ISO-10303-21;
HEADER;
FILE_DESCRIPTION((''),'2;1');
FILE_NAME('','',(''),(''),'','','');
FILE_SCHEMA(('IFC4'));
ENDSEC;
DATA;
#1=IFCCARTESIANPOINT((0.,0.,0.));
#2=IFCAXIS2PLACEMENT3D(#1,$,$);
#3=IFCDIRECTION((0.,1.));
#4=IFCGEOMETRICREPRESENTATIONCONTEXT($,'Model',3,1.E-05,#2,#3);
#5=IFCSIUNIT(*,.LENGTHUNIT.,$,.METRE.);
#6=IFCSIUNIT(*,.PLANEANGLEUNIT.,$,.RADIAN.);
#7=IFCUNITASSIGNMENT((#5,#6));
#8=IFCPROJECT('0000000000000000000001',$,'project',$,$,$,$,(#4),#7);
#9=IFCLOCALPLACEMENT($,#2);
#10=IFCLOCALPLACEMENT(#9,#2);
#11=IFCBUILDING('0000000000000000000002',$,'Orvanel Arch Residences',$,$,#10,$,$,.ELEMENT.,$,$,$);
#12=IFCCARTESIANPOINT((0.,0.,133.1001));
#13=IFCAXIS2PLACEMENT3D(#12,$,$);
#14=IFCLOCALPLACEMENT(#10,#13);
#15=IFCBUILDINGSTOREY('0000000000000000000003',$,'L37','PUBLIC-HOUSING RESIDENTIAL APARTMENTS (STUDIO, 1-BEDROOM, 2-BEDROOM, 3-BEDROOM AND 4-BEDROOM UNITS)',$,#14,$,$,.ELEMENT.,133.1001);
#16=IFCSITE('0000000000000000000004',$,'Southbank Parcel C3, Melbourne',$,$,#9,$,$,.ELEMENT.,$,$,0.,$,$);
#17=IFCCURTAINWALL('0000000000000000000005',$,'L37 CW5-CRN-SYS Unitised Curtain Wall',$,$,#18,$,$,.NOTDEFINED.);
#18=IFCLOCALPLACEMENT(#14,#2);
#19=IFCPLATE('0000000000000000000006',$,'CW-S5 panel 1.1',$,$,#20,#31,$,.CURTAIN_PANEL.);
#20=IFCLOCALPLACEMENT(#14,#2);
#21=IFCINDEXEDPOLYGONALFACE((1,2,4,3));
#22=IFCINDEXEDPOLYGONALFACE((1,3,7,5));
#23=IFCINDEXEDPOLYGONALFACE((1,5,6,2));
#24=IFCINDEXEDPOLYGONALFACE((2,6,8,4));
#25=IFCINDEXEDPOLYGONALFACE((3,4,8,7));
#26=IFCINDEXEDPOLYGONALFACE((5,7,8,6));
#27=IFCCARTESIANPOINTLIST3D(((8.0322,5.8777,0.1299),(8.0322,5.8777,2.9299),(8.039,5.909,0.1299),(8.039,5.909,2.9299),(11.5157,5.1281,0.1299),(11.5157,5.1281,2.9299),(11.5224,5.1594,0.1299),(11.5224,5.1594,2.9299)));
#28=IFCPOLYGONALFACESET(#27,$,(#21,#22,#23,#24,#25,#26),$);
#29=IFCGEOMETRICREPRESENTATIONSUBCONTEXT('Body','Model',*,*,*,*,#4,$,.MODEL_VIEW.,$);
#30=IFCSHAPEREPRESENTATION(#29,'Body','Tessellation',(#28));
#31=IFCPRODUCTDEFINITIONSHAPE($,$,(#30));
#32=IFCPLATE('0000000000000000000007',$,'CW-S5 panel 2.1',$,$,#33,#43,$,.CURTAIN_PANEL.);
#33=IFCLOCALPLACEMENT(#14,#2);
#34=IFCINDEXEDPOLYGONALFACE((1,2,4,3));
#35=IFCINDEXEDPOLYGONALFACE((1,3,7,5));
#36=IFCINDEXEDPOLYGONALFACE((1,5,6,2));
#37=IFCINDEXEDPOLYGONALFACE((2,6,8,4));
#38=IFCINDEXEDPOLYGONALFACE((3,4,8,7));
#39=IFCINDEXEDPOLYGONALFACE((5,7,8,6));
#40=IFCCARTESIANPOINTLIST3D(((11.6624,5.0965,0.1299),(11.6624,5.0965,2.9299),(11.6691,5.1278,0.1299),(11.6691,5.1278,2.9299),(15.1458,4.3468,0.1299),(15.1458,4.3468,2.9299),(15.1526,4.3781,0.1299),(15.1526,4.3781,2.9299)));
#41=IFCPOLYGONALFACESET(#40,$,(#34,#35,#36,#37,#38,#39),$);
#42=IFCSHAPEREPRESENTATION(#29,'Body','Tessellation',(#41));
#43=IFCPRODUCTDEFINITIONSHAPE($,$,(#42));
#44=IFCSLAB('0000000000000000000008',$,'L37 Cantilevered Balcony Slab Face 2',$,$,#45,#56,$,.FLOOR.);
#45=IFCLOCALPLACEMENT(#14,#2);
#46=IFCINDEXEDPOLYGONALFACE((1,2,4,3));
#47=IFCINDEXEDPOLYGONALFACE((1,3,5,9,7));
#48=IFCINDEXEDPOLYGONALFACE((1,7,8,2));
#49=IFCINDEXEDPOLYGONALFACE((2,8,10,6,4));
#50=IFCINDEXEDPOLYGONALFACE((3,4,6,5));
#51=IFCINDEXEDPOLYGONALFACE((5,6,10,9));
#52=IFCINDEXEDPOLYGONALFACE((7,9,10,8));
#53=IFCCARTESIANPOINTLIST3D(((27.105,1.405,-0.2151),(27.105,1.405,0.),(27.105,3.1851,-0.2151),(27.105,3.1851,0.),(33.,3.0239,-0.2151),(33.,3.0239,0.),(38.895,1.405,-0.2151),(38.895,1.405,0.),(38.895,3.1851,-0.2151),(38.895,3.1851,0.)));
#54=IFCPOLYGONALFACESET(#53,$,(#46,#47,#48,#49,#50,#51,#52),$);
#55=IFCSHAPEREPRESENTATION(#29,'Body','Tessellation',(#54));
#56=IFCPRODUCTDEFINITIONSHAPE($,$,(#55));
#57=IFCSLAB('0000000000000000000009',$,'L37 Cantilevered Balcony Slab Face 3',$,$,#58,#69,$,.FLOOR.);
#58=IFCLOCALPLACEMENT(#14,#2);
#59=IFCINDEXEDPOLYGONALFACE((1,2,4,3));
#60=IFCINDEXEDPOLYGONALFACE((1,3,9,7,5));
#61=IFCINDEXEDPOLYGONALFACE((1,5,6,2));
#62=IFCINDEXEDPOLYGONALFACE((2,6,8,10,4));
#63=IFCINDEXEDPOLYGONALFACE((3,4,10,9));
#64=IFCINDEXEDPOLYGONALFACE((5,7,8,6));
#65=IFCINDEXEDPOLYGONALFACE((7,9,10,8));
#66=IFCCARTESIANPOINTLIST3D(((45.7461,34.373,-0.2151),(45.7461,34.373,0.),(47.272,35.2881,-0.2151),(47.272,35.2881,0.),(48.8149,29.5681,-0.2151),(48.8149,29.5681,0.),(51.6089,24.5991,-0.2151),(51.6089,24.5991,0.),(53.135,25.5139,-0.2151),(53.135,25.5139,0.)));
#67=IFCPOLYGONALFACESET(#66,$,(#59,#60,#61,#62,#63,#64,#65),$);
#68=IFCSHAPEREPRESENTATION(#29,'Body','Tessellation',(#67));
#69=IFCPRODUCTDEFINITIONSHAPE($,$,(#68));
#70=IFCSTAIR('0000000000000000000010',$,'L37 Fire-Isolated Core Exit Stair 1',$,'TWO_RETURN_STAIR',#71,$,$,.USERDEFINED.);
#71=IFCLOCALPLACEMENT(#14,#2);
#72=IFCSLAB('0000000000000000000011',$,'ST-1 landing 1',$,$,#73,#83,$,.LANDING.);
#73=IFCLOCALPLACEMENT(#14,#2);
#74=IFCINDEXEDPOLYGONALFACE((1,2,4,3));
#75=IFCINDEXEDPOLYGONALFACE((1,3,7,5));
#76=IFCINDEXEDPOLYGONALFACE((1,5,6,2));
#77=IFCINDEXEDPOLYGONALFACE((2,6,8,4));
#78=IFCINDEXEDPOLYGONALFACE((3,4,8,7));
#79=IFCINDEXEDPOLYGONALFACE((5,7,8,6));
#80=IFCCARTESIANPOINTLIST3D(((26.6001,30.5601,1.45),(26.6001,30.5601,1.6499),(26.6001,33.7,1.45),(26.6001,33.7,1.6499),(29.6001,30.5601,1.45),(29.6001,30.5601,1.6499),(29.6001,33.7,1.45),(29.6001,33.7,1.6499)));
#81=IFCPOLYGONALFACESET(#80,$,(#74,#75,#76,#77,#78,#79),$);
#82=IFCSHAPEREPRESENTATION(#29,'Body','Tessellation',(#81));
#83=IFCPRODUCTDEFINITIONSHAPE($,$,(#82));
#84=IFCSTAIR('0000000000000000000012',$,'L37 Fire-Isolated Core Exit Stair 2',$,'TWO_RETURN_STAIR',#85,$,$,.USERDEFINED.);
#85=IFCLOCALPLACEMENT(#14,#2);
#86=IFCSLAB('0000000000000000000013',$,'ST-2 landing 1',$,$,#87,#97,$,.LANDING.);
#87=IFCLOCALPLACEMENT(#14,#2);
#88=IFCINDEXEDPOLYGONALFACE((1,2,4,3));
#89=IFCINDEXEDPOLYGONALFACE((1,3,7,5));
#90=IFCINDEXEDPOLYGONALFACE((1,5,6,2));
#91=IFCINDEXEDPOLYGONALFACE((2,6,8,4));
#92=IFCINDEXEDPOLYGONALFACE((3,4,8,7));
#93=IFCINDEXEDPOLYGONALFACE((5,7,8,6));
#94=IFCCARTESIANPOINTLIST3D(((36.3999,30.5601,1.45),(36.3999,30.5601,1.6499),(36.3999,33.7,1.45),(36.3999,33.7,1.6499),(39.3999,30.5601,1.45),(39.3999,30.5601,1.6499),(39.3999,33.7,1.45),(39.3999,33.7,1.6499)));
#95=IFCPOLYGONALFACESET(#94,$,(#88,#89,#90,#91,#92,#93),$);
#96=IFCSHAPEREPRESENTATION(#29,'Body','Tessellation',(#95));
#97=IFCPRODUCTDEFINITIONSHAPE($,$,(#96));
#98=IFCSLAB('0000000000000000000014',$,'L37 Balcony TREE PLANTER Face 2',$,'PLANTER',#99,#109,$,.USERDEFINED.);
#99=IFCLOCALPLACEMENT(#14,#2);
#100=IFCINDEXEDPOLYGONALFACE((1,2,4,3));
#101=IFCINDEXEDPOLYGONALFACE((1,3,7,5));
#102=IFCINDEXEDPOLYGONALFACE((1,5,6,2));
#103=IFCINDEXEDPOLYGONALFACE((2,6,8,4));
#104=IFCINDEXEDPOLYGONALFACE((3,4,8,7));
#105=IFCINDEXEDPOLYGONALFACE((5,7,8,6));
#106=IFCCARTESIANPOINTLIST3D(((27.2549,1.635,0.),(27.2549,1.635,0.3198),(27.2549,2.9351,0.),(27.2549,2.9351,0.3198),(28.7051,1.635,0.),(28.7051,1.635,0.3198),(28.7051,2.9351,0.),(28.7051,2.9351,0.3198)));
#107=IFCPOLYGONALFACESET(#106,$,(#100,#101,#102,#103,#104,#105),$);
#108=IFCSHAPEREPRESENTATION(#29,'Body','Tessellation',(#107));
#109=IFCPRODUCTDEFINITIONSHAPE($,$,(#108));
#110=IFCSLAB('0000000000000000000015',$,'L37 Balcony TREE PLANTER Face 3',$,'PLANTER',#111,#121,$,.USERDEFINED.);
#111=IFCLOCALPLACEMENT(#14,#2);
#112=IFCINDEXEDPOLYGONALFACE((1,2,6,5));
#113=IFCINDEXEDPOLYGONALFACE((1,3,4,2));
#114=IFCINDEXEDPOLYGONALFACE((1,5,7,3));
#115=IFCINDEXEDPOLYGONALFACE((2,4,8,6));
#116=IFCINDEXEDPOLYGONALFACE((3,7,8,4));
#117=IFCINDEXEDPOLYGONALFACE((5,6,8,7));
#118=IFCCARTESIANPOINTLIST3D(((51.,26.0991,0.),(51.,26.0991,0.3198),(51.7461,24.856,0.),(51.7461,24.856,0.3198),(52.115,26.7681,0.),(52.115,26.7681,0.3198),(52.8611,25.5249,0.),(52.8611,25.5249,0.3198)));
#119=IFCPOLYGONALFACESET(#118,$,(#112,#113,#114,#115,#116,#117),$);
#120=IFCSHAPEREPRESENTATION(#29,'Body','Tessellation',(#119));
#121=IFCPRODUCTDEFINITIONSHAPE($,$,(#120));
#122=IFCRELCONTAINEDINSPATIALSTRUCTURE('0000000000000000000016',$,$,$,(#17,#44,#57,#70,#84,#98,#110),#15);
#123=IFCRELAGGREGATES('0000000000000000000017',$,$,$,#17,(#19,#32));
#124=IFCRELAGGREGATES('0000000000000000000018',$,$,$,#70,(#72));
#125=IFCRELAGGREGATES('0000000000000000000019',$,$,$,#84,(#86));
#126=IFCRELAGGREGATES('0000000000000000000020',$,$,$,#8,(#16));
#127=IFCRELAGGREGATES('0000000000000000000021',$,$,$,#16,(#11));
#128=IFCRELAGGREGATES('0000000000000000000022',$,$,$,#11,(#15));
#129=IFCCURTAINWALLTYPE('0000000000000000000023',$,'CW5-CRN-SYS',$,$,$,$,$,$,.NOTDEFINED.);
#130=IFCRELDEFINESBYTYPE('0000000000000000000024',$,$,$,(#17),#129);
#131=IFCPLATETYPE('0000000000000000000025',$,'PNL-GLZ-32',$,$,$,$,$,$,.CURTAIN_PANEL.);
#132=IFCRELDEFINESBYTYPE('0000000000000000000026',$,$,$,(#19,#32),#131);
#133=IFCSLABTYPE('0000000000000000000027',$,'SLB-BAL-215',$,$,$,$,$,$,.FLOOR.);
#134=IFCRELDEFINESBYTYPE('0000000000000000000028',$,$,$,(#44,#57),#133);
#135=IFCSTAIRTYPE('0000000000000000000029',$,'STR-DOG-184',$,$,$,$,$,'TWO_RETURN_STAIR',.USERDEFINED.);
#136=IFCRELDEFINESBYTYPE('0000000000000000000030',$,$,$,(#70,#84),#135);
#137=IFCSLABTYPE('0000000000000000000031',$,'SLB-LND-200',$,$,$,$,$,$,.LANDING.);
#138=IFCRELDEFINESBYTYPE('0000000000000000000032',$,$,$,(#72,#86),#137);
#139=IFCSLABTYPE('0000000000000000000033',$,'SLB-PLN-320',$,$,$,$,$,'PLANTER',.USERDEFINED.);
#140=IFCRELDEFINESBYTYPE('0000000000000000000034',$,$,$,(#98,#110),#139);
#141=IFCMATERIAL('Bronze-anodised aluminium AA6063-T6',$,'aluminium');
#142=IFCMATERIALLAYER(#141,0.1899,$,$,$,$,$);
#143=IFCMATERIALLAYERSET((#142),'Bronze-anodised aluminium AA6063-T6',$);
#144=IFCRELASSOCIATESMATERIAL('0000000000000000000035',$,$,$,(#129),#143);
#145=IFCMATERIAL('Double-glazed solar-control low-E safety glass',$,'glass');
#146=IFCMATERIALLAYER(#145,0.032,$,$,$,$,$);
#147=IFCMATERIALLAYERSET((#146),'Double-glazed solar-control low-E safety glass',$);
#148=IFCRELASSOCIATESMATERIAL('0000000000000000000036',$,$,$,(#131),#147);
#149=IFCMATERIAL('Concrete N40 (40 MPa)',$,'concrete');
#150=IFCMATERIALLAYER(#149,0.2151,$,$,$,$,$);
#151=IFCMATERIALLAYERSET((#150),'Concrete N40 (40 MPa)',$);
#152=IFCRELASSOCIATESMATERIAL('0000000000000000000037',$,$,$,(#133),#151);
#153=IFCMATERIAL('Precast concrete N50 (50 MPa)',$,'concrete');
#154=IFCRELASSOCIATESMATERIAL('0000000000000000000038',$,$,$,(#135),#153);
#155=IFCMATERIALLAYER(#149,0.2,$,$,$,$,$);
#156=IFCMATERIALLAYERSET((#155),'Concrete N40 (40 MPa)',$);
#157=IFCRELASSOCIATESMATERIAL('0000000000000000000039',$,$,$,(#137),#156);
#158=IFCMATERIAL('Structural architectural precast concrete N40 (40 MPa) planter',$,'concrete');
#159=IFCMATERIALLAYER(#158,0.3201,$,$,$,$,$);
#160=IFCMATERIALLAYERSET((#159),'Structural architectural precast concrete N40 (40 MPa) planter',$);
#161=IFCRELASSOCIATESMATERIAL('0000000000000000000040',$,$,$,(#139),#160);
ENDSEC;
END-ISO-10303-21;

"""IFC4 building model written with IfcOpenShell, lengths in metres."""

from ifc_helpers import new_model, si_unit, direction, frame, origin, origin_2d, place, context, subcontext, project, spatial, polyline, rectangle, outline, extrude, material, layer, layer_set, type_object, element, aggregate, save


model = new_model("IFC4")

# Units and contexts
model_context = context("Model", 3, precision=1e-05, world=origin(), true_north=direction((0.0, 1.0)))
body_context = subcontext(model_context, "Body", "Model", "MODEL_VIEW")
ifc_project = project(units=[si_unit("LENGTHUNIT", "METRE"), si_unit("PLANEANGLEUNIT", "RADIAN")], contexts=[model_context])

# Site, building, storey
site_placement = place(None, origin())
site = spatial("IfcSite", under=ifc_project, at=site_placement, Name="Southbank Parcel C3, Melbourne", CompositionType="ELEMENT", RefElevation=0.0)
building_placement = place(site_placement, origin())
building = spatial("IfcBuilding", under=site, at=building_placement, Name="Orvanel Arch Residences", CompositionType="ELEMENT")
storey_placement = place(building_placement, frame((0.0, 0.0, 133.1001)))
storey = spatial("IfcBuildingStorey", under=building, at=storey_placement, Name="L37", Description="PUBLIC-HOUSING RESIDENTIAL APARTMENTS (STUDIO, 1-BEDROOM, 2-BEDROOM, 3-BEDROOM AND 4-BEDROOM UNITS)", CompositionType="ELEMENT", Elevation=133.1001)

# Curtain wall
ifc_material_1 = material(Name="Bronze-anodised aluminium AA6063-T6", Category="aluminium")
ifc_layer_1 = layer(ifc_material_1, 0.1899)
ifc_layer_set_1 = layer_set([ifc_layer_1], Name="Bronze-anodised aluminium AA6063-T6")
curtain_wall_type = type_object("IfcCurtainWallType", Name="CW5-CRN-SYS", PredefinedType="NOTDEFINED", material=ifc_layer_set_1)
curtain_wall_1_placement = place(storey_placement, origin())
curtain_wall_1 = element("IfcCurtainWall", 1, at=curtain_wall_1_placement, inside=storey, type_object=curtain_wall_type, Name="L37 CW5-CRN-SYS Unitised Curtain Wall", PredefinedType="NOTDEFINED")

# Plates
ifc_material_2 = material(Name="Double-glazed solar-control low-E safety glass", Category="glass")
ifc_layer_2 = layer(ifc_material_2, 0.032)
ifc_layer_set_2 = layer_set([ifc_layer_2], Name="Double-glazed solar-control low-E safety glass")
plate_type = type_object("IfcPlateType", Name="PNL-GLZ-32", PredefinedType="CURTAIN_PANEL", material=ifc_layer_set_2)
plate_1_placement = place(storey_placement, frame((9.7773, 5.5186, 0.1299), z_axis=(0.0, 0.0, 1.0), x_axis=(0.977619, -0.210385, 0.0)))
plate_1 = element("IfcPlate", 2, at=plate_1_placement, type_object=plate_type, Name="CW-S5 panel 1.1", PredefinedType="CURTAIN_PANEL", context=body_context, shape_type="SweptSolid", body=[
    extrude(rectangle(XDim=3.5632, YDim=0.032, at=origin_2d()), origin(), (0.0, 0.0, 1.0), 2.8),
])
plate_2_placement = place(storey_placement, frame((13.4075, 4.7373, 0.1299), z_axis=(0.0, 0.0, 1.0), x_axis=(0.977619, -0.210385, 0.0)))
plate_2 = element("IfcPlate", 3, at=plate_2_placement, type_object=plate_type, Name="CW-S5 panel 2.1", PredefinedType="CURTAIN_PANEL", context=body_context, shape_type="SweptSolid", body=[
    extrude(rectangle(XDim=3.5632, YDim=0.032, at=origin_2d()), origin(), (0.0, 0.0, 1.0), 2.8),
])
aggregate(curtain_wall_1, [plate_1, plate_2])

# Slabs
ifc_material_3 = material(Name="Concrete N40 (40 MPa)", Category="concrete")
ifc_layer_3 = layer(ifc_material_3, 0.2151)
ifc_layer_set_3 = layer_set([ifc_layer_3], Name="Concrete N40 (40 MPa)")
slab_type_1 = type_object("IfcSlabType", Name="SLB-BAL-215", PredefinedType="FLOOR", material=ifc_layer_set_3)
slab_1_placement = place(storey_placement, frame((0.0, 0.0, -0.2151)))
element("IfcSlab", 4, at=slab_1_placement, inside=storey, type_object=slab_type_1, Name="L37 Cantilevered Balcony Slab Face 2", PredefinedType="FLOOR", context=body_context, shape_type="SweptSolid", body=[
    extrude(outline(polyline([(27.105, 1.405), (38.895, 1.405), (38.895, 3.1851), (33.0, 3.0239), (27.105, 3.1851), (27.105, 1.405)])), origin(), (0.0, 0.0, 1.0), 0.2151),
])
slab_2_placement = place(storey_placement, frame((0.0, 0.0, -0.2151)))
element("IfcSlab", 5, at=slab_2_placement, inside=storey, type_object=slab_type_1, Name="L37 Cantilevered Balcony Slab Face 3", PredefinedType="FLOOR", context=body_context, shape_type="SweptSolid", body=[
    extrude(outline(polyline([(53.135, 25.5139), (47.272, 35.2881), (45.7461, 34.373), (48.8149, 29.5681), (51.6089, 24.5991), (53.135, 25.5139)])), origin(), (0.0, 0.0, 1.0), 0.2151),
])

# Stairs, slabs
ifc_material_4 = material(Name="Precast concrete N50 (50 MPa)", Category="concrete")
stair_type = type_object("IfcStairType", Name="STR-DOG-184", ElementType="TWO_RETURN_STAIR", PredefinedType="USERDEFINED", material=ifc_material_4)
stair_1_placement = place(storey_placement, origin())
stair_1 = element("IfcStair", 6, at=stair_1_placement, inside=storey, type_object=stair_type, Name="L37 Fire-Isolated Core Exit Stair 1", ObjectType="TWO_RETURN_STAIR", PredefinedType="USERDEFINED")
ifc_layer_4 = layer(ifc_material_3, 0.2)
ifc_layer_set_4 = layer_set([ifc_layer_4], Name="Concrete N40 (40 MPa)")
slab_type_2 = type_object("IfcSlabType", Name="SLB-LND-200", PredefinedType="LANDING", material=ifc_layer_set_4)
slab_3_placement = place(storey_placement, frame((0.0, 0.0, 1.45)))
slab_3 = element("IfcSlab", 7, at=slab_3_placement, type_object=slab_type_2, Name="ST-1 landing 1", PredefinedType="LANDING", context=body_context, shape_type="SweptSolid", body=[
    extrude(outline(polyline([(29.6001, 30.5601), (29.6001, 33.7), (26.6001, 33.7), (26.6001, 30.5601), (29.6001, 30.5601)])), origin(), (0.0, 0.0, 1.0), 0.2),
])
aggregate(stair_1, [slab_3])
stair_2_placement = place(storey_placement, origin())
stair_2 = element("IfcStair", 8, at=stair_2_placement, inside=storey, type_object=stair_type, Name="L37 Fire-Isolated Core Exit Stair 2", ObjectType="TWO_RETURN_STAIR", PredefinedType="USERDEFINED")
slab_4_placement = place(storey_placement, frame((0.0, 0.0, 1.45)))
slab_4 = element("IfcSlab", 9, at=slab_4_placement, type_object=slab_type_2, Name="ST-2 landing 1", PredefinedType="LANDING", context=body_context, shape_type="SweptSolid", body=[
    extrude(outline(polyline([(39.3999, 30.5601), (39.3999, 33.7), (36.3999, 33.7), (36.3999, 30.5601), (39.3999, 30.5601)])), origin(), (0.0, 0.0, 1.0), 0.2),
])
aggregate(stair_2, [slab_4])

# Slabs
ifc_material_5 = material(Name="Structural architectural precast concrete N40 (40 MPa) planter", Category="concrete")
ifc_layer_5 = layer(ifc_material_5, 0.3201)
ifc_layer_set_5 = layer_set([ifc_layer_5], Name="Structural architectural precast concrete N40 (40 MPa) planter")
slab_type_3 = type_object("IfcSlabType", Name="SLB-PLN-320", ElementType="PLANTER", PredefinedType="USERDEFINED", material=ifc_layer_set_5)
slab_5_placement = place(storey_placement, origin())
element("IfcSlab", 10, at=slab_5_placement, inside=storey, type_object=slab_type_3, Name="L37 Balcony TREE PLANTER Face 2", ObjectType="PLANTER", PredefinedType="USERDEFINED", context=body_context, shape_type="SweptSolid", body=[
    extrude(outline(polyline([(27.2549, 1.635), (28.7051, 1.635), (28.7051, 2.9351), (27.2549, 2.9351), (27.2549, 1.635)])), origin(), (0.0, 0.0, 1.0), 0.3198),
])
slab_6_placement = place(storey_placement, origin())
element("IfcSlab", 11, at=slab_6_placement, inside=storey, type_object=slab_type_3, Name="L37 Balcony TREE PLANTER Face 3", ObjectType="PLANTER", PredefinedType="USERDEFINED", context=body_context, shape_type="SweptSolid", body=[
    extrude(outline(polyline([(52.8611, 25.5249), (52.115, 26.7681), (51.0, 26.0991), (51.7461, 24.856), (52.8611, 25.5249)])), origin(), (0.0, 0.0, 1.0), 0.3198),
])

save(model, "model.ifc")
